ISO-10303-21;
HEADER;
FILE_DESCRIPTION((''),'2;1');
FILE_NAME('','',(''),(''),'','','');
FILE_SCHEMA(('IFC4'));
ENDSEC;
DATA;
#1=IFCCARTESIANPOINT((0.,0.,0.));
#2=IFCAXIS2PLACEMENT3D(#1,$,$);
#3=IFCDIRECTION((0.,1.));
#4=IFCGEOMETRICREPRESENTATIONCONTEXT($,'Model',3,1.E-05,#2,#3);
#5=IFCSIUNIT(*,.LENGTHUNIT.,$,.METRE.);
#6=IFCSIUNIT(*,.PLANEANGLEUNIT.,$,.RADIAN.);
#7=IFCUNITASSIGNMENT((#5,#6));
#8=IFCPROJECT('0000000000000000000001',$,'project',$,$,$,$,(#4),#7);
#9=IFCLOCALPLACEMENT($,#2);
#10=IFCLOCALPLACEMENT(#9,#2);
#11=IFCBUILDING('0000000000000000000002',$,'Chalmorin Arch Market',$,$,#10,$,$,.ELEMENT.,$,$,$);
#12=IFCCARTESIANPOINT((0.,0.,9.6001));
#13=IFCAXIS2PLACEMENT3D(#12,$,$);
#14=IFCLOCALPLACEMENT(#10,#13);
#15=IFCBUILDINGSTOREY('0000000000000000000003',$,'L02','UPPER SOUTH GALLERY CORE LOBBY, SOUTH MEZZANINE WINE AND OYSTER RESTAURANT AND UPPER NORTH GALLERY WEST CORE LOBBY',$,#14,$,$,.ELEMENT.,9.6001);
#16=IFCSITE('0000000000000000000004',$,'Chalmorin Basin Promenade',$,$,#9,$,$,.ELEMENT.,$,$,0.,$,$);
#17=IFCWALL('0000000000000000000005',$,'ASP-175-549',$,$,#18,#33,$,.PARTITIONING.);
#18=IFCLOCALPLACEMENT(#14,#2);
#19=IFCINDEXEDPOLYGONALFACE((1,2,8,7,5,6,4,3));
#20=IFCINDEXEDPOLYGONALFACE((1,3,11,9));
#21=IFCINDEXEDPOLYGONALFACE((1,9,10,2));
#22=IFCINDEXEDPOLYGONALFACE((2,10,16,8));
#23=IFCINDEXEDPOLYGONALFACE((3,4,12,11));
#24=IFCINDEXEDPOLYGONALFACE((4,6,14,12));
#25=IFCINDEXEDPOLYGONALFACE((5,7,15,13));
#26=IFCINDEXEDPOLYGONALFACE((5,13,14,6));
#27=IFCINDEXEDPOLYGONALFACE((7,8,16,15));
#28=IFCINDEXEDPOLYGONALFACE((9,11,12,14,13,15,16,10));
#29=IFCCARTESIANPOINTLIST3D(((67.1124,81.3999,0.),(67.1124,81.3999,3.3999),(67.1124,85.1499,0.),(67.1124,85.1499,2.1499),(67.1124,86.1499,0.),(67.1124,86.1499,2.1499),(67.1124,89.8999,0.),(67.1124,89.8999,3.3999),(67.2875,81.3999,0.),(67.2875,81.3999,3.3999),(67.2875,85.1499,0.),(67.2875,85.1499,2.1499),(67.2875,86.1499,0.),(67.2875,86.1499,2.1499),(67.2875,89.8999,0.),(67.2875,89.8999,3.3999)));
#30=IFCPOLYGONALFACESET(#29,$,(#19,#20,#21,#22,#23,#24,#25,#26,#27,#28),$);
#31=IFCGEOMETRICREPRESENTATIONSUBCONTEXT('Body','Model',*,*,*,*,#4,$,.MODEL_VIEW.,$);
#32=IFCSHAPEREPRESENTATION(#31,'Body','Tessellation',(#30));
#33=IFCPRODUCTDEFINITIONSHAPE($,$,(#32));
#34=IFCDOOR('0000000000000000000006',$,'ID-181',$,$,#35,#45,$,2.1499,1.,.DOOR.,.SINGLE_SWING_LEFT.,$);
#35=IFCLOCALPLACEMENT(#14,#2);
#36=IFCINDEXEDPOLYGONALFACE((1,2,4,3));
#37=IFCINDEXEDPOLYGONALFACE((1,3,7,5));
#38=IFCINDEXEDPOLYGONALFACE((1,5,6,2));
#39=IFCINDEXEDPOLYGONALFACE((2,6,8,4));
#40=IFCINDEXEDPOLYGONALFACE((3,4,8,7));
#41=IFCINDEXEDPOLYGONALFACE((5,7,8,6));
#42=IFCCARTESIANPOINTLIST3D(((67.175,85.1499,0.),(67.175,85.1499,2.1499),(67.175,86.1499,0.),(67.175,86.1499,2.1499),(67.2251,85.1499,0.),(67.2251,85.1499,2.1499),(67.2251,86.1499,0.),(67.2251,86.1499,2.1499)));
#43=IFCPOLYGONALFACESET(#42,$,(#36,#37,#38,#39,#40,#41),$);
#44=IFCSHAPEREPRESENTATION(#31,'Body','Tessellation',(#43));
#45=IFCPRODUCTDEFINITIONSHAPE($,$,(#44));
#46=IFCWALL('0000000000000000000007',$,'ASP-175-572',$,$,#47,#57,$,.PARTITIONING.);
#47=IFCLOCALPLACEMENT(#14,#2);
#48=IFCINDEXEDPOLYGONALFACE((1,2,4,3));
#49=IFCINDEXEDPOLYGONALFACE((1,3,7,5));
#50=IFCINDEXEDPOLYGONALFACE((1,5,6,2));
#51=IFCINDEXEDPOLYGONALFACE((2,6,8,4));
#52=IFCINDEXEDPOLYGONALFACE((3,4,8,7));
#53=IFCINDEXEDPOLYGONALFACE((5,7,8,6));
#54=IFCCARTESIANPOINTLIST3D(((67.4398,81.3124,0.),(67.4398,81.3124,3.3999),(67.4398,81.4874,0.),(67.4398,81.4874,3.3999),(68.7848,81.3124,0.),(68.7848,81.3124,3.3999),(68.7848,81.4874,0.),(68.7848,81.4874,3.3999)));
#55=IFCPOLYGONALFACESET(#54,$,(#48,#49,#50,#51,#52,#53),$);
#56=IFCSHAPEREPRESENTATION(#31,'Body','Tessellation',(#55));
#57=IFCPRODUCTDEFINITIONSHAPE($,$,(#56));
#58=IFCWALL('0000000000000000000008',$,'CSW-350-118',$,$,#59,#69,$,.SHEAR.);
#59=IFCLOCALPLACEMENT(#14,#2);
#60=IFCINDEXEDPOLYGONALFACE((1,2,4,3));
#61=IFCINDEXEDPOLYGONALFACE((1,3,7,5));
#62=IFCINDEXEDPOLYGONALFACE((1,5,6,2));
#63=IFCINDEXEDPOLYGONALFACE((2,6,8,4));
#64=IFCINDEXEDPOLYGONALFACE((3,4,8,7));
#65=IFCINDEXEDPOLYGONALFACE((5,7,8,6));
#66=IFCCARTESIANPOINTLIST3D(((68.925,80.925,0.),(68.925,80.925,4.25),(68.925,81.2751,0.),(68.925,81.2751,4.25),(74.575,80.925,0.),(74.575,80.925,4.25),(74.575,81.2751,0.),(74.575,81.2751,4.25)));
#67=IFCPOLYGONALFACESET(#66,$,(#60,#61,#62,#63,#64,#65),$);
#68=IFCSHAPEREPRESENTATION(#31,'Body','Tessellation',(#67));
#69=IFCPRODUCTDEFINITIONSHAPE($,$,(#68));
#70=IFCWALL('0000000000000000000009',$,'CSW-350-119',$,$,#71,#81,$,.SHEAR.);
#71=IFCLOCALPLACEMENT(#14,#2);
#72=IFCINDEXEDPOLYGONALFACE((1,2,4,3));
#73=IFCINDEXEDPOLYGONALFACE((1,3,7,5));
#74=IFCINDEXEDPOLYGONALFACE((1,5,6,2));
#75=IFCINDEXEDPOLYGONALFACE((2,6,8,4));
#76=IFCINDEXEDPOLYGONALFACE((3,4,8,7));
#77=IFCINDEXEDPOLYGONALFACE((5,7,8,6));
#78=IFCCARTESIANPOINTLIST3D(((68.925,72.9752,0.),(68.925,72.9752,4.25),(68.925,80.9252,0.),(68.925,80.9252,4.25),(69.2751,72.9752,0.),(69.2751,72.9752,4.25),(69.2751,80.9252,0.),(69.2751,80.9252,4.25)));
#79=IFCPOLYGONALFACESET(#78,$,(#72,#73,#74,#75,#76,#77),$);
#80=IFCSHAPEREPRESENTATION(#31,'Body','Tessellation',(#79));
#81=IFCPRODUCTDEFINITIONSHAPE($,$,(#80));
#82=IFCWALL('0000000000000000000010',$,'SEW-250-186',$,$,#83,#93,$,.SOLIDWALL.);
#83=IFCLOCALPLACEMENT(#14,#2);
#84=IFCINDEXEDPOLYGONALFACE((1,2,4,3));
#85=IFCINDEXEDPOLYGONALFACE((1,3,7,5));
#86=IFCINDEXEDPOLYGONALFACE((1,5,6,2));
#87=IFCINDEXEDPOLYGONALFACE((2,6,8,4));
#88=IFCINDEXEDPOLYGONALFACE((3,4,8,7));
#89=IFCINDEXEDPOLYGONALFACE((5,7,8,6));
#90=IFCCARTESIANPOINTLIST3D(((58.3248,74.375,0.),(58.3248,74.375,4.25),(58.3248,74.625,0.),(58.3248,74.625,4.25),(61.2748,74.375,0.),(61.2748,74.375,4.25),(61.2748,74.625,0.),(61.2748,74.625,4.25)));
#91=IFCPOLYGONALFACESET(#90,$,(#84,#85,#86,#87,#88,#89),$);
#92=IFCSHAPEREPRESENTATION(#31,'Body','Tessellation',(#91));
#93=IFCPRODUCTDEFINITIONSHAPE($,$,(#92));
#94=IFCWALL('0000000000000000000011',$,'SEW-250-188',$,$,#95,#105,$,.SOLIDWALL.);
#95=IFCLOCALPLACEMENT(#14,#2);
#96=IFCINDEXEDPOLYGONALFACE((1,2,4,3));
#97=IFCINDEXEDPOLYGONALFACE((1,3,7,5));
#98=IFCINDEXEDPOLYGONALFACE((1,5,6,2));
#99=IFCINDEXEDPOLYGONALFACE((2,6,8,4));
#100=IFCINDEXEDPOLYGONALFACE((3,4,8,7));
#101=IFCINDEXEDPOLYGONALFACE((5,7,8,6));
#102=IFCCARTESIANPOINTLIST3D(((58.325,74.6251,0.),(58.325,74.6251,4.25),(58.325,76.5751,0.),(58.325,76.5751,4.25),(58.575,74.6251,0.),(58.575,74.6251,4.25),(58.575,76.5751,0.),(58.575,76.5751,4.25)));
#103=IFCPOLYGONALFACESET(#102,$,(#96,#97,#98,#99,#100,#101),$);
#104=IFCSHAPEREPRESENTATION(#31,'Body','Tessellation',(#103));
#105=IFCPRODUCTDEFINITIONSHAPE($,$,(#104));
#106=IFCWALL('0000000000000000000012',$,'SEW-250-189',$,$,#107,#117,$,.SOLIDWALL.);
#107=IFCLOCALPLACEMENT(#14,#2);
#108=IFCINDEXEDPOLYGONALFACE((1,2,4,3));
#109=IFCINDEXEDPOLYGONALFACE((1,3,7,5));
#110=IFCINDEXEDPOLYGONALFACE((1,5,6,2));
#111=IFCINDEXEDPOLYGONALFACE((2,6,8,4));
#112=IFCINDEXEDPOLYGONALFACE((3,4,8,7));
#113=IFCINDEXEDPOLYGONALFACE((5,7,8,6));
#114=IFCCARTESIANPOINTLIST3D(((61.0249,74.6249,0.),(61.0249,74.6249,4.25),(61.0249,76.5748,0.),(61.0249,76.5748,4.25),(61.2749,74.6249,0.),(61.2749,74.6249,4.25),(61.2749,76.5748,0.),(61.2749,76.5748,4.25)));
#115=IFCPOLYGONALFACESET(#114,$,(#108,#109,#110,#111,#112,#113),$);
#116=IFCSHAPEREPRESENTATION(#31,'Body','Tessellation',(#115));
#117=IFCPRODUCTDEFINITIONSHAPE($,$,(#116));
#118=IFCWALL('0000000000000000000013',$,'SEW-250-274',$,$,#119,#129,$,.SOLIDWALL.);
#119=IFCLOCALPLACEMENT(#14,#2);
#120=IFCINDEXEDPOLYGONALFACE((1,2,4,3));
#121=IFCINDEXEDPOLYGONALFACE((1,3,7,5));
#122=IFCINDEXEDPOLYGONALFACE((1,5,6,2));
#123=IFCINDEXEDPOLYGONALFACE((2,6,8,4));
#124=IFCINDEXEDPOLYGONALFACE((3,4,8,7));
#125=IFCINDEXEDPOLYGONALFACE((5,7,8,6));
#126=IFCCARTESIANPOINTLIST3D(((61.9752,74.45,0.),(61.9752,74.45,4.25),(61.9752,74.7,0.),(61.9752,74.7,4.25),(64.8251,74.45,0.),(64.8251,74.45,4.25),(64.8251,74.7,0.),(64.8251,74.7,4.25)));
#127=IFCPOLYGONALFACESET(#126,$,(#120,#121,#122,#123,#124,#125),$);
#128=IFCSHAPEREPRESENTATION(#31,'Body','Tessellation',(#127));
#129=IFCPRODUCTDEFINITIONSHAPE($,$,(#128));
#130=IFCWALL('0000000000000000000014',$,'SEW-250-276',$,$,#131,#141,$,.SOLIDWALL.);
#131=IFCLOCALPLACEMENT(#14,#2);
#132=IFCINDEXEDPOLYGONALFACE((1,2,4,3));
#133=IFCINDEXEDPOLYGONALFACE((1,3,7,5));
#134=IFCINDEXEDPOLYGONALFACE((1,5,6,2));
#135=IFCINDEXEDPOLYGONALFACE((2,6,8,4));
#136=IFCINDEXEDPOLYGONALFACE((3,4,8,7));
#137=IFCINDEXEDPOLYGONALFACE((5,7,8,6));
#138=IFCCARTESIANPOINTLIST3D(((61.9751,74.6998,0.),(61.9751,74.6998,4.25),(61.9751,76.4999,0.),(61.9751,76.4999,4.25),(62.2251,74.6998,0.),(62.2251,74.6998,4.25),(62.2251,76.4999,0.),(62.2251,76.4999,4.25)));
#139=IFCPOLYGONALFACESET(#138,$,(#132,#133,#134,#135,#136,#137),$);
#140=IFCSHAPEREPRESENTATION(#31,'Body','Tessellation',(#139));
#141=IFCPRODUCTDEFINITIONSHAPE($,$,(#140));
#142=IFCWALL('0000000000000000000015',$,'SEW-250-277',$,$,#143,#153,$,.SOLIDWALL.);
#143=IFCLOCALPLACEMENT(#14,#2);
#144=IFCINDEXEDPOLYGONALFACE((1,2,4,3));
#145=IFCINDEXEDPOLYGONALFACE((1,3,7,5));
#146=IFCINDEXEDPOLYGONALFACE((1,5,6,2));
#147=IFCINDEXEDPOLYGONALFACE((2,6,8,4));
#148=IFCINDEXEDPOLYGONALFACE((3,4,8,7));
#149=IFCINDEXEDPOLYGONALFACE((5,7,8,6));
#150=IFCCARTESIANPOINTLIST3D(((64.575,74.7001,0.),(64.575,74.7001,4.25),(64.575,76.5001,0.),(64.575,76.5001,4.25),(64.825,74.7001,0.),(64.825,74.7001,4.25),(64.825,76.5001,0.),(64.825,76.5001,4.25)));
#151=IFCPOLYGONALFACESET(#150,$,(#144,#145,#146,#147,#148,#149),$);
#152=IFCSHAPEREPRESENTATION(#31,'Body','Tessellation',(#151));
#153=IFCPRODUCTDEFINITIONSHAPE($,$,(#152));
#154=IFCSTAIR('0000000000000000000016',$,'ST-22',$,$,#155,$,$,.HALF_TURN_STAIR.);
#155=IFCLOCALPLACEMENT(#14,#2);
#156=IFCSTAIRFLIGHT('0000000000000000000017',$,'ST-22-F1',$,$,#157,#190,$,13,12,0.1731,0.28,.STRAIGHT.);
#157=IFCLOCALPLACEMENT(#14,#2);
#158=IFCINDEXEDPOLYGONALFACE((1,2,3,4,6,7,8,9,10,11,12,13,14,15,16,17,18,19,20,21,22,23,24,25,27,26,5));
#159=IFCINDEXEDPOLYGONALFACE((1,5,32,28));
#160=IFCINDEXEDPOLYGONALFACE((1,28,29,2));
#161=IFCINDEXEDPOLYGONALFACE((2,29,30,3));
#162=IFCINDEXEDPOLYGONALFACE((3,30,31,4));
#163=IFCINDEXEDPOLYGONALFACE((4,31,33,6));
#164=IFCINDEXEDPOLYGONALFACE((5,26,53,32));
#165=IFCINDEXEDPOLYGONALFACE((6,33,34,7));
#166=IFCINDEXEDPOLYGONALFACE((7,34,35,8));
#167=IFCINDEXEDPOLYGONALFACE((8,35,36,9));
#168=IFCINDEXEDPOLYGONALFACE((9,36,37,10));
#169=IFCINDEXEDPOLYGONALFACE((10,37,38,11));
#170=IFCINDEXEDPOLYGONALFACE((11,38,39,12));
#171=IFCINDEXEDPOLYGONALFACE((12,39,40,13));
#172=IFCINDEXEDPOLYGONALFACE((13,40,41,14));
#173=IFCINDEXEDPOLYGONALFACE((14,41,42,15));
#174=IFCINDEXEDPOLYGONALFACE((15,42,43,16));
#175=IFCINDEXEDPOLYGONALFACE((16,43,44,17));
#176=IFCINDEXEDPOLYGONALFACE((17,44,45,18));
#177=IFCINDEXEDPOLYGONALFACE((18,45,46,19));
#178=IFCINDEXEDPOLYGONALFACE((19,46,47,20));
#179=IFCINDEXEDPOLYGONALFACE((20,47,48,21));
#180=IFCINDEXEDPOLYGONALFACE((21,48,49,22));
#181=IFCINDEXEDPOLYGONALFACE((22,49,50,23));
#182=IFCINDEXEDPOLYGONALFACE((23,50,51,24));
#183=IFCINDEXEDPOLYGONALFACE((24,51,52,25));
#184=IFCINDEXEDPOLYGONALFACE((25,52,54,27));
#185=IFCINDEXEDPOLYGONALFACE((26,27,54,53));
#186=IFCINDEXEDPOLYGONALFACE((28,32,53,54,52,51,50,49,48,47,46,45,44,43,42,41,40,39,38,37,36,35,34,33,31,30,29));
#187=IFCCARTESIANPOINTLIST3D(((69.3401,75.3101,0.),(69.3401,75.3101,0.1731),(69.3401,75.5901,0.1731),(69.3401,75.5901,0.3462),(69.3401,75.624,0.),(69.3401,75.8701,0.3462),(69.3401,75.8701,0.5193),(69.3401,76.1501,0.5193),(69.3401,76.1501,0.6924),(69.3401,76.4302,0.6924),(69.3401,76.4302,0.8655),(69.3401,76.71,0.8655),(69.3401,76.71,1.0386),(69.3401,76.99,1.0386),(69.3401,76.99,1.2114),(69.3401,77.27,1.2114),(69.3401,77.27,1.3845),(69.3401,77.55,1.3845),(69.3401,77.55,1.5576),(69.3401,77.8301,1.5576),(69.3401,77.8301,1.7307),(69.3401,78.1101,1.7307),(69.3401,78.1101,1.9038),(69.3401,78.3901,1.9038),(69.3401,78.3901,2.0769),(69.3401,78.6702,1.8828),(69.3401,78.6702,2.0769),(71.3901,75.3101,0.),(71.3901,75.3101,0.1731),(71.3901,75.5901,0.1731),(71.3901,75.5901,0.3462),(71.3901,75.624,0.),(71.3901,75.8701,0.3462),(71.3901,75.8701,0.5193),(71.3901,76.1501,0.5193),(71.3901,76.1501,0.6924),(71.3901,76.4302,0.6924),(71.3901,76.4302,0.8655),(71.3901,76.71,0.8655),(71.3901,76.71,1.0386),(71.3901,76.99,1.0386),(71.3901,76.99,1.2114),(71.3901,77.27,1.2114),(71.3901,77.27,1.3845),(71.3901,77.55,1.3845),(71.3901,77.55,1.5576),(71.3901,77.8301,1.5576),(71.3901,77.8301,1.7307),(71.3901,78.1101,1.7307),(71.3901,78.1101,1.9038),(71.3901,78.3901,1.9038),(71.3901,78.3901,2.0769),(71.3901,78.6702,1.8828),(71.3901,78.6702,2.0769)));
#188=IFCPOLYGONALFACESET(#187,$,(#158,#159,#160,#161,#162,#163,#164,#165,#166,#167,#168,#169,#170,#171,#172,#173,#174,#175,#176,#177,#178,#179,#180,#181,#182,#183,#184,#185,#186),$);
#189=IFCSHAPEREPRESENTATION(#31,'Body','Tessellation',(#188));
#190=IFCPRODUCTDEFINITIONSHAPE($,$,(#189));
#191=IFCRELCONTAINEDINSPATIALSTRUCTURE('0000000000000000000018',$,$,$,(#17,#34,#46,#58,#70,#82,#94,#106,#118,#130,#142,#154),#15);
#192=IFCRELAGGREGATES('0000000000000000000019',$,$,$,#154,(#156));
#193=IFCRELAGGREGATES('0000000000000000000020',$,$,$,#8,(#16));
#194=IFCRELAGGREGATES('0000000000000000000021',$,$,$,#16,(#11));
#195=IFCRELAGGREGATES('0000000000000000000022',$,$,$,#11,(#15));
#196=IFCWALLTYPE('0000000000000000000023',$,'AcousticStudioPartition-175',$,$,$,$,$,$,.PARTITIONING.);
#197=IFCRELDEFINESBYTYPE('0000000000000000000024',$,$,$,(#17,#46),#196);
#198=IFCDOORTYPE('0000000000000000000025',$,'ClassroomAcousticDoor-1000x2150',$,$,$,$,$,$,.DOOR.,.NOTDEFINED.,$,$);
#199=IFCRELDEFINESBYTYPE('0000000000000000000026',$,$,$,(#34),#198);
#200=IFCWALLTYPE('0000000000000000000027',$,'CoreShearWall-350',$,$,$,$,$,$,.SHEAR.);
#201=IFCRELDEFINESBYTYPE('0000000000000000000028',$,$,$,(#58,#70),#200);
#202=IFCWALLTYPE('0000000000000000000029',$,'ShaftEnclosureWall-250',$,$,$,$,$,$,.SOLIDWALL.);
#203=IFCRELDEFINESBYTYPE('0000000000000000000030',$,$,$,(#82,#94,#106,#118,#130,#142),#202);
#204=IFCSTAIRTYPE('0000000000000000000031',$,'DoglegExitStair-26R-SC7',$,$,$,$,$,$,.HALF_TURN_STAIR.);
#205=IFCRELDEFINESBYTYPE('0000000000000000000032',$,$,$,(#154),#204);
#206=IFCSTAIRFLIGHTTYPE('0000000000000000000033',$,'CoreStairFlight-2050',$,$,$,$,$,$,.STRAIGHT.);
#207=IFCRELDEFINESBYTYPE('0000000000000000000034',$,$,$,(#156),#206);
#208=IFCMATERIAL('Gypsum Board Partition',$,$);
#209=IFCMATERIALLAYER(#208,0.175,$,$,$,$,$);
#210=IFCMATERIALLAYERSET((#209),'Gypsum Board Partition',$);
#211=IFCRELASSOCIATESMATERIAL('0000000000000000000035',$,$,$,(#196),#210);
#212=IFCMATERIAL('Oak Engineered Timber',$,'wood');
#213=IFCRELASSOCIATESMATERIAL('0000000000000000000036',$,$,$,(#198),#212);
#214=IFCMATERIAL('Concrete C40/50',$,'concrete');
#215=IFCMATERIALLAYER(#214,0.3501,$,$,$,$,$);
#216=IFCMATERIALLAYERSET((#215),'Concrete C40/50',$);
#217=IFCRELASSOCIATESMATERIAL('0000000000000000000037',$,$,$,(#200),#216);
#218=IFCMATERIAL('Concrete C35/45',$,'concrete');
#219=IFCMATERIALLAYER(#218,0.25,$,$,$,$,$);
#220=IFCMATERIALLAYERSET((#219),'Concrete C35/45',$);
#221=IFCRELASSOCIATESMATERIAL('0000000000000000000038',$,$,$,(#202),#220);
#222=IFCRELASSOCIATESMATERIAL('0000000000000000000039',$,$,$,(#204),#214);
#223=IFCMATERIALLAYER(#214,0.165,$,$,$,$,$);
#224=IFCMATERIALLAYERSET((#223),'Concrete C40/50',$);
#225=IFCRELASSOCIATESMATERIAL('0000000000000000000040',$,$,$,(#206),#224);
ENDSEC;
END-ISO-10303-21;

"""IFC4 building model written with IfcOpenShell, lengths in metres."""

from ifc_helpers import new_model, si_unit, direction, frame, frame_2d, origin, place, context, subcontext, project, spatial, polyline, rectangle, outline, extrude, material, layer, layer_set, type_object, element, fill, aggregate, save


model = new_model("IFC4")

# Units and contexts
model_context = context("Model", 3, precision=1e-05, world=origin(), true_north=direction((0.0, 1.0)))
body_context = subcontext(model_context, "Body", "Model", "MODEL_VIEW")
ifc_project = project(units=[si_unit("LENGTHUNIT", "METRE"), si_unit("PLANEANGLEUNIT", "RADIAN")], contexts=[model_context])

# Site, building, storey
site_placement = place(None, origin())
site = spatial("IfcSite", under=ifc_project, at=site_placement, Name="Chalmorin Basin Promenade", CompositionType="ELEMENT", RefElevation=0.0)
building_placement = place(site_placement, origin())
building = spatial("IfcBuilding", under=site, at=building_placement, Name="Chalmorin Arch Market", CompositionType="ELEMENT")
storey_placement = place(building_placement, frame((0.0, 0.0, 9.6001)))
storey = spatial("IfcBuildingStorey", under=building, at=storey_placement, Name="L02", Description="UPPER SOUTH GALLERY CORE LOBBY, SOUTH MEZZANINE WINE AND OYSTER RESTAURANT AND UPPER NORTH GALLERY WEST CORE LOBBY", CompositionType="ELEMENT", Elevation=9.6001)

# Shared definitions
ifc_material_1 = material(Name="Concrete C40/50", Category="concrete")

# Wall, opening, door
ifc_material_2 = material(Name="Gypsum Board Partition")
ifc_layer_1 = layer(ifc_material_2, 0.175)
ifc_layer_set_1 = layer_set([ifc_layer_1], Name="Gypsum Board Partition")
wall_type_1 = type_object("IfcWallType", Name="AcousticStudioPartition-175", PredefinedType="PARTITIONING", material=ifc_layer_set_1)
wall_1_placement = place(storey_placement, frame((67.2, 81.3999, 0.0), z_axis=(0.0, 0.0, 1.0), x_axis=(0.0, 1.0, 0.0)))
wall_1 = element("IfcWall", 1, at=wall_1_placement, inside=storey, type_object=wall_type_1, Name="ASP-175-549", PredefinedType="PARTITIONING", context=body_context, shape_type="SweptSolid", body=[
    extrude(rectangle(XDim=8.5, YDim=0.175, at=frame_2d((4.25, 0.0))), origin(), (0.0, 0.0, 1.0), 3.3999),
])
opening_1_placement = place(wall_1_placement, frame((3.75, 0.0, 0.0)))
opening_1 = element("IfcOpeningElement", 2, at=opening_1_placement, cuts=wall_1, PredefinedType="OPENING", context=body_context, shape_type="SweptSolid", body=[
    extrude(rectangle(XDim=1.0, YDim=2.1499, at=frame_2d((0.5, 1.075))), frame((0.0, 0.0974, 0.0), z_axis=(0.0, -1.0, 0.0), x_axis=(1.0, 0.0, 0.0)), (0.0, 0.0, 1.0), 0.1951),
])
ifc_material_3 = material(Name="Oak Engineered Timber", Category="wood")
door_type_1 = type_object("IfcDoorType", Name="ClassroomAcousticDoor-1000x2150", OperationType="NOTDEFINED", PredefinedType="DOOR", material=ifc_material_3)
door_1_placement = place(opening_1_placement, origin())
door_1 = element("IfcDoor", 3, at=door_1_placement, inside=storey, type_object=door_type_1, Name="ID-181", OperationType="SINGLE_SWING_LEFT", OverallHeight=2.1499, OverallWidth=1.0, PredefinedType="DOOR", context=body_context, shape_type="SweptSolid", body=[
    extrude(rectangle(XDim=1.0, YDim=2.1499, at=frame_2d((0.5, 1.075))), frame((0.0, 0.0249, 0.0), z_axis=(0.0, -1.0, 0.0), x_axis=(1.0, 0.0, 0.0)), (0.0, 0.0, 1.0), 0.05),
])
fill(opening_1, door_1)

# Walls
wall_2_placement = place(storey_placement, frame((67.4399, 81.3999, 0.0), z_axis=(0.0, 0.0, 1.0), x_axis=(1.0, 0.0, 0.0)))
element("IfcWall", 4, at=wall_2_placement, inside=storey, type_object=wall_type_1, Name="ASP-175-572", PredefinedType="PARTITIONING", context=body_context, shape_type="SweptSolid", body=[
    extrude(rectangle(XDim=1.345, YDim=0.175, at=frame_2d((0.6724, 0.0))), origin(), (0.0, 0.0, 1.0), 3.3999),
])
ifc_layer_2 = layer(ifc_material_1, 0.3501)
ifc_layer_set_2 = layer_set([ifc_layer_2], Name="Concrete C40/50")
wall_type_2 = type_object("IfcWallType", Name="CoreShearWall-350", PredefinedType="SHEAR", material=ifc_layer_set_2)
wall_3_placement = place(storey_placement, frame((68.925, 81.1001, 0.0), z_axis=(0.0, 0.0, 1.0), x_axis=(1.0, 0.0, 0.0)))
element("IfcWall", 5, at=wall_3_placement, inside=storey, type_object=wall_type_2, Name="CSW-350-118", PredefinedType="SHEAR", context=body_context, shape_type="SweptSolid", body=[
    extrude(rectangle(XDim=5.6499, YDim=0.3501, at=frame_2d((2.825, 0.0))), origin(), (0.0, 0.0, 1.0), 4.25),
])
wall_4_placement = place(storey_placement, frame((69.1001, 72.9751, 0.0), z_axis=(0.0, 0.0, 1.0), x_axis=(0.0, 1.0, 0.0)))
element("IfcWall", 6, at=wall_4_placement, inside=storey, type_object=wall_type_2, Name="CSW-350-119", PredefinedType="SHEAR", context=body_context, shape_type="SweptSolid", body=[
    extrude(rectangle(XDim=7.95, YDim=0.3501, at=frame_2d((3.9751, 0.0))), origin(), (0.0, 0.0, 1.0), 4.25),
])
ifc_material_4 = material(Name="Concrete C35/45", Category="concrete")
ifc_layer_3 = layer(ifc_material_4, 0.25)
ifc_layer_set_3 = layer_set([ifc_layer_3], Name="Concrete C35/45")
wall_type_3 = type_object("IfcWallType", Name="ShaftEnclosureWall-250", PredefinedType="SOLIDWALL", material=ifc_layer_set_3)
wall_5_placement = place(storey_placement, frame((61.2749, 74.5, 0.0), z_axis=(0.0, 0.0, 1.0), x_axis=(-1.0, 0.0, 0.0)))
element("IfcWall", 7, at=wall_5_placement, inside=storey, type_object=wall_type_3, Name="SEW-250-186", PredefinedType="SOLIDWALL", context=body_context, shape_type="SweptSolid", body=[
    extrude(rectangle(XDim=2.95, YDim=0.25, at=frame_2d((1.4751, 0.0))), origin(), (0.0, 0.0, 1.0), 4.25),
])

# Walls
for number, where, z_axis, x_axis, name in (
    (8, (58.45, 74.625, 0.0), (0.0, 0.0, 1.0), (0.0, 1.0, 0.0), "SEW-250-188"),
    (9, (61.1499, 76.575, 0.0), (0.0, 0.0, 1.0), (0.0, -1.0, 0.0), "SEW-250-189"),
):
    element("IfcWall", number, at=place(storey_placement, frame(where, z_axis=z_axis, x_axis=x_axis)), inside=storey, type_object=wall_type_3, Name=name, PredefinedType="SOLIDWALL", context=body_context, shape_type="SweptSolid", body=[
        extrude(rectangle(XDim=1.95, YDim=0.25, at=frame_2d((0.9751, 0.0))), origin(), (0.0, 0.0, 1.0), 4.25),
    ])
wall_6_placement = place(storey_placement, frame((64.825, 74.575, 0.0), z_axis=(0.0, 0.0, 1.0), x_axis=(-1.0, 0.0, 0.0)))
element("IfcWall", 10, at=wall_6_placement, inside=storey, type_object=wall_type_3, Name="SEW-250-274", PredefinedType="SOLIDWALL", context=body_context, shape_type="SweptSolid", body=[
    extrude(rectangle(XDim=2.8499, YDim=0.25, at=frame_2d((1.4248, 0.0))), origin(), (0.0, 0.0, 1.0), 4.25),
])

# Walls
for number, where, z_axis, x_axis, name in (
    (11, (62.1001, 74.7, 0.0), (0.0, 0.0, 1.0), (0.0, 1.0, 0.0), "SEW-250-276"),
    (12, (64.7, 76.5, 0.0), (0.0, 0.0, 1.0), (0.0, -1.0, 0.0), "SEW-250-277"),
):
    element("IfcWall", number, at=place(storey_placement, frame(where, z_axis=z_axis, x_axis=x_axis)), inside=storey, type_object=wall_type_3, Name=name, PredefinedType="SOLIDWALL", context=body_context, shape_type="SweptSolid", body=[
        extrude(rectangle(XDim=1.8, YDim=0.25, at=frame_2d((0.8999, 0.0))), origin(), (0.0, 0.0, 1.0), 4.25),
    ])

# Stair, stair flight
stair_type = type_object("IfcStairType", Name="DoglegExitStair-26R-SC7", PredefinedType="HALF_TURN_STAIR", material=ifc_material_1)
stair_placement = place(storey_placement, origin())
stair = element("IfcStair", 13, at=stair_placement, inside=storey, type_object=stair_type, Name="ST-22", PredefinedType="HALF_TURN_STAIR")
ifc_layer_4 = layer(ifc_material_1, 0.165)
ifc_layer_set_4 = layer_set([ifc_layer_4], Name="Concrete C40/50")
stair_flight_type = type_object("IfcStairFlightType", Name="CoreStairFlight-2050", PredefinedType="STRAIGHT", material=ifc_layer_set_4)
stair_flight_placement = place(storey_placement, frame((70.365, 75.3101, 0.0), z_axis=(0.0, 0.0, 1.0), x_axis=(0.0, 1.0, 0.0)))
stair_flight = element("IfcStairFlight", 14, at=stair_flight_placement, type_object=stair_flight_type, Name="ST-22-F1", NumberOfRisers=13, NumberOfTreads=12, PredefinedType="STRAIGHT", RiserHeight=0.1731, TreadLength=0.28, context=body_context, shape_type="SweptSolid", body=[
    extrude(outline(polyline([(0.0, 0.0), (0.0, 0.1731), (0.28, 0.1731), (0.28, 0.3462), (0.5601, 0.3462), (0.5601, 0.5193), (0.8401, 0.5193), (0.8401, 0.6924), (1.1201, 0.6924), (1.1201, 0.8655), (1.3999, 0.8655), (1.3999, 1.0386), (1.6799, 1.0386), (1.6799, 1.2114), (1.96, 1.2114), (1.96, 1.3845), (2.24, 1.3845), (2.24, 1.5576), (2.52, 1.5576), (2.52, 1.7307), (2.8, 1.7307), (2.8, 1.9038), (3.0801, 1.9038), (3.0801, 2.0769), (3.3601, 2.0769), (3.3601, 2.25), (3.3601, 1.8828), (0.314, 0.0), (0.0, 0.0)])), frame((0.0, 1.0249, 0.0), z_axis=(0.0, -1.0, 0.0), x_axis=(1.0, 0.0, 0.0)), (0.0, 0.0, 1.0), 2.05),
])
aggregate(stair, [stair_flight])

save(model, "model.ifc")
